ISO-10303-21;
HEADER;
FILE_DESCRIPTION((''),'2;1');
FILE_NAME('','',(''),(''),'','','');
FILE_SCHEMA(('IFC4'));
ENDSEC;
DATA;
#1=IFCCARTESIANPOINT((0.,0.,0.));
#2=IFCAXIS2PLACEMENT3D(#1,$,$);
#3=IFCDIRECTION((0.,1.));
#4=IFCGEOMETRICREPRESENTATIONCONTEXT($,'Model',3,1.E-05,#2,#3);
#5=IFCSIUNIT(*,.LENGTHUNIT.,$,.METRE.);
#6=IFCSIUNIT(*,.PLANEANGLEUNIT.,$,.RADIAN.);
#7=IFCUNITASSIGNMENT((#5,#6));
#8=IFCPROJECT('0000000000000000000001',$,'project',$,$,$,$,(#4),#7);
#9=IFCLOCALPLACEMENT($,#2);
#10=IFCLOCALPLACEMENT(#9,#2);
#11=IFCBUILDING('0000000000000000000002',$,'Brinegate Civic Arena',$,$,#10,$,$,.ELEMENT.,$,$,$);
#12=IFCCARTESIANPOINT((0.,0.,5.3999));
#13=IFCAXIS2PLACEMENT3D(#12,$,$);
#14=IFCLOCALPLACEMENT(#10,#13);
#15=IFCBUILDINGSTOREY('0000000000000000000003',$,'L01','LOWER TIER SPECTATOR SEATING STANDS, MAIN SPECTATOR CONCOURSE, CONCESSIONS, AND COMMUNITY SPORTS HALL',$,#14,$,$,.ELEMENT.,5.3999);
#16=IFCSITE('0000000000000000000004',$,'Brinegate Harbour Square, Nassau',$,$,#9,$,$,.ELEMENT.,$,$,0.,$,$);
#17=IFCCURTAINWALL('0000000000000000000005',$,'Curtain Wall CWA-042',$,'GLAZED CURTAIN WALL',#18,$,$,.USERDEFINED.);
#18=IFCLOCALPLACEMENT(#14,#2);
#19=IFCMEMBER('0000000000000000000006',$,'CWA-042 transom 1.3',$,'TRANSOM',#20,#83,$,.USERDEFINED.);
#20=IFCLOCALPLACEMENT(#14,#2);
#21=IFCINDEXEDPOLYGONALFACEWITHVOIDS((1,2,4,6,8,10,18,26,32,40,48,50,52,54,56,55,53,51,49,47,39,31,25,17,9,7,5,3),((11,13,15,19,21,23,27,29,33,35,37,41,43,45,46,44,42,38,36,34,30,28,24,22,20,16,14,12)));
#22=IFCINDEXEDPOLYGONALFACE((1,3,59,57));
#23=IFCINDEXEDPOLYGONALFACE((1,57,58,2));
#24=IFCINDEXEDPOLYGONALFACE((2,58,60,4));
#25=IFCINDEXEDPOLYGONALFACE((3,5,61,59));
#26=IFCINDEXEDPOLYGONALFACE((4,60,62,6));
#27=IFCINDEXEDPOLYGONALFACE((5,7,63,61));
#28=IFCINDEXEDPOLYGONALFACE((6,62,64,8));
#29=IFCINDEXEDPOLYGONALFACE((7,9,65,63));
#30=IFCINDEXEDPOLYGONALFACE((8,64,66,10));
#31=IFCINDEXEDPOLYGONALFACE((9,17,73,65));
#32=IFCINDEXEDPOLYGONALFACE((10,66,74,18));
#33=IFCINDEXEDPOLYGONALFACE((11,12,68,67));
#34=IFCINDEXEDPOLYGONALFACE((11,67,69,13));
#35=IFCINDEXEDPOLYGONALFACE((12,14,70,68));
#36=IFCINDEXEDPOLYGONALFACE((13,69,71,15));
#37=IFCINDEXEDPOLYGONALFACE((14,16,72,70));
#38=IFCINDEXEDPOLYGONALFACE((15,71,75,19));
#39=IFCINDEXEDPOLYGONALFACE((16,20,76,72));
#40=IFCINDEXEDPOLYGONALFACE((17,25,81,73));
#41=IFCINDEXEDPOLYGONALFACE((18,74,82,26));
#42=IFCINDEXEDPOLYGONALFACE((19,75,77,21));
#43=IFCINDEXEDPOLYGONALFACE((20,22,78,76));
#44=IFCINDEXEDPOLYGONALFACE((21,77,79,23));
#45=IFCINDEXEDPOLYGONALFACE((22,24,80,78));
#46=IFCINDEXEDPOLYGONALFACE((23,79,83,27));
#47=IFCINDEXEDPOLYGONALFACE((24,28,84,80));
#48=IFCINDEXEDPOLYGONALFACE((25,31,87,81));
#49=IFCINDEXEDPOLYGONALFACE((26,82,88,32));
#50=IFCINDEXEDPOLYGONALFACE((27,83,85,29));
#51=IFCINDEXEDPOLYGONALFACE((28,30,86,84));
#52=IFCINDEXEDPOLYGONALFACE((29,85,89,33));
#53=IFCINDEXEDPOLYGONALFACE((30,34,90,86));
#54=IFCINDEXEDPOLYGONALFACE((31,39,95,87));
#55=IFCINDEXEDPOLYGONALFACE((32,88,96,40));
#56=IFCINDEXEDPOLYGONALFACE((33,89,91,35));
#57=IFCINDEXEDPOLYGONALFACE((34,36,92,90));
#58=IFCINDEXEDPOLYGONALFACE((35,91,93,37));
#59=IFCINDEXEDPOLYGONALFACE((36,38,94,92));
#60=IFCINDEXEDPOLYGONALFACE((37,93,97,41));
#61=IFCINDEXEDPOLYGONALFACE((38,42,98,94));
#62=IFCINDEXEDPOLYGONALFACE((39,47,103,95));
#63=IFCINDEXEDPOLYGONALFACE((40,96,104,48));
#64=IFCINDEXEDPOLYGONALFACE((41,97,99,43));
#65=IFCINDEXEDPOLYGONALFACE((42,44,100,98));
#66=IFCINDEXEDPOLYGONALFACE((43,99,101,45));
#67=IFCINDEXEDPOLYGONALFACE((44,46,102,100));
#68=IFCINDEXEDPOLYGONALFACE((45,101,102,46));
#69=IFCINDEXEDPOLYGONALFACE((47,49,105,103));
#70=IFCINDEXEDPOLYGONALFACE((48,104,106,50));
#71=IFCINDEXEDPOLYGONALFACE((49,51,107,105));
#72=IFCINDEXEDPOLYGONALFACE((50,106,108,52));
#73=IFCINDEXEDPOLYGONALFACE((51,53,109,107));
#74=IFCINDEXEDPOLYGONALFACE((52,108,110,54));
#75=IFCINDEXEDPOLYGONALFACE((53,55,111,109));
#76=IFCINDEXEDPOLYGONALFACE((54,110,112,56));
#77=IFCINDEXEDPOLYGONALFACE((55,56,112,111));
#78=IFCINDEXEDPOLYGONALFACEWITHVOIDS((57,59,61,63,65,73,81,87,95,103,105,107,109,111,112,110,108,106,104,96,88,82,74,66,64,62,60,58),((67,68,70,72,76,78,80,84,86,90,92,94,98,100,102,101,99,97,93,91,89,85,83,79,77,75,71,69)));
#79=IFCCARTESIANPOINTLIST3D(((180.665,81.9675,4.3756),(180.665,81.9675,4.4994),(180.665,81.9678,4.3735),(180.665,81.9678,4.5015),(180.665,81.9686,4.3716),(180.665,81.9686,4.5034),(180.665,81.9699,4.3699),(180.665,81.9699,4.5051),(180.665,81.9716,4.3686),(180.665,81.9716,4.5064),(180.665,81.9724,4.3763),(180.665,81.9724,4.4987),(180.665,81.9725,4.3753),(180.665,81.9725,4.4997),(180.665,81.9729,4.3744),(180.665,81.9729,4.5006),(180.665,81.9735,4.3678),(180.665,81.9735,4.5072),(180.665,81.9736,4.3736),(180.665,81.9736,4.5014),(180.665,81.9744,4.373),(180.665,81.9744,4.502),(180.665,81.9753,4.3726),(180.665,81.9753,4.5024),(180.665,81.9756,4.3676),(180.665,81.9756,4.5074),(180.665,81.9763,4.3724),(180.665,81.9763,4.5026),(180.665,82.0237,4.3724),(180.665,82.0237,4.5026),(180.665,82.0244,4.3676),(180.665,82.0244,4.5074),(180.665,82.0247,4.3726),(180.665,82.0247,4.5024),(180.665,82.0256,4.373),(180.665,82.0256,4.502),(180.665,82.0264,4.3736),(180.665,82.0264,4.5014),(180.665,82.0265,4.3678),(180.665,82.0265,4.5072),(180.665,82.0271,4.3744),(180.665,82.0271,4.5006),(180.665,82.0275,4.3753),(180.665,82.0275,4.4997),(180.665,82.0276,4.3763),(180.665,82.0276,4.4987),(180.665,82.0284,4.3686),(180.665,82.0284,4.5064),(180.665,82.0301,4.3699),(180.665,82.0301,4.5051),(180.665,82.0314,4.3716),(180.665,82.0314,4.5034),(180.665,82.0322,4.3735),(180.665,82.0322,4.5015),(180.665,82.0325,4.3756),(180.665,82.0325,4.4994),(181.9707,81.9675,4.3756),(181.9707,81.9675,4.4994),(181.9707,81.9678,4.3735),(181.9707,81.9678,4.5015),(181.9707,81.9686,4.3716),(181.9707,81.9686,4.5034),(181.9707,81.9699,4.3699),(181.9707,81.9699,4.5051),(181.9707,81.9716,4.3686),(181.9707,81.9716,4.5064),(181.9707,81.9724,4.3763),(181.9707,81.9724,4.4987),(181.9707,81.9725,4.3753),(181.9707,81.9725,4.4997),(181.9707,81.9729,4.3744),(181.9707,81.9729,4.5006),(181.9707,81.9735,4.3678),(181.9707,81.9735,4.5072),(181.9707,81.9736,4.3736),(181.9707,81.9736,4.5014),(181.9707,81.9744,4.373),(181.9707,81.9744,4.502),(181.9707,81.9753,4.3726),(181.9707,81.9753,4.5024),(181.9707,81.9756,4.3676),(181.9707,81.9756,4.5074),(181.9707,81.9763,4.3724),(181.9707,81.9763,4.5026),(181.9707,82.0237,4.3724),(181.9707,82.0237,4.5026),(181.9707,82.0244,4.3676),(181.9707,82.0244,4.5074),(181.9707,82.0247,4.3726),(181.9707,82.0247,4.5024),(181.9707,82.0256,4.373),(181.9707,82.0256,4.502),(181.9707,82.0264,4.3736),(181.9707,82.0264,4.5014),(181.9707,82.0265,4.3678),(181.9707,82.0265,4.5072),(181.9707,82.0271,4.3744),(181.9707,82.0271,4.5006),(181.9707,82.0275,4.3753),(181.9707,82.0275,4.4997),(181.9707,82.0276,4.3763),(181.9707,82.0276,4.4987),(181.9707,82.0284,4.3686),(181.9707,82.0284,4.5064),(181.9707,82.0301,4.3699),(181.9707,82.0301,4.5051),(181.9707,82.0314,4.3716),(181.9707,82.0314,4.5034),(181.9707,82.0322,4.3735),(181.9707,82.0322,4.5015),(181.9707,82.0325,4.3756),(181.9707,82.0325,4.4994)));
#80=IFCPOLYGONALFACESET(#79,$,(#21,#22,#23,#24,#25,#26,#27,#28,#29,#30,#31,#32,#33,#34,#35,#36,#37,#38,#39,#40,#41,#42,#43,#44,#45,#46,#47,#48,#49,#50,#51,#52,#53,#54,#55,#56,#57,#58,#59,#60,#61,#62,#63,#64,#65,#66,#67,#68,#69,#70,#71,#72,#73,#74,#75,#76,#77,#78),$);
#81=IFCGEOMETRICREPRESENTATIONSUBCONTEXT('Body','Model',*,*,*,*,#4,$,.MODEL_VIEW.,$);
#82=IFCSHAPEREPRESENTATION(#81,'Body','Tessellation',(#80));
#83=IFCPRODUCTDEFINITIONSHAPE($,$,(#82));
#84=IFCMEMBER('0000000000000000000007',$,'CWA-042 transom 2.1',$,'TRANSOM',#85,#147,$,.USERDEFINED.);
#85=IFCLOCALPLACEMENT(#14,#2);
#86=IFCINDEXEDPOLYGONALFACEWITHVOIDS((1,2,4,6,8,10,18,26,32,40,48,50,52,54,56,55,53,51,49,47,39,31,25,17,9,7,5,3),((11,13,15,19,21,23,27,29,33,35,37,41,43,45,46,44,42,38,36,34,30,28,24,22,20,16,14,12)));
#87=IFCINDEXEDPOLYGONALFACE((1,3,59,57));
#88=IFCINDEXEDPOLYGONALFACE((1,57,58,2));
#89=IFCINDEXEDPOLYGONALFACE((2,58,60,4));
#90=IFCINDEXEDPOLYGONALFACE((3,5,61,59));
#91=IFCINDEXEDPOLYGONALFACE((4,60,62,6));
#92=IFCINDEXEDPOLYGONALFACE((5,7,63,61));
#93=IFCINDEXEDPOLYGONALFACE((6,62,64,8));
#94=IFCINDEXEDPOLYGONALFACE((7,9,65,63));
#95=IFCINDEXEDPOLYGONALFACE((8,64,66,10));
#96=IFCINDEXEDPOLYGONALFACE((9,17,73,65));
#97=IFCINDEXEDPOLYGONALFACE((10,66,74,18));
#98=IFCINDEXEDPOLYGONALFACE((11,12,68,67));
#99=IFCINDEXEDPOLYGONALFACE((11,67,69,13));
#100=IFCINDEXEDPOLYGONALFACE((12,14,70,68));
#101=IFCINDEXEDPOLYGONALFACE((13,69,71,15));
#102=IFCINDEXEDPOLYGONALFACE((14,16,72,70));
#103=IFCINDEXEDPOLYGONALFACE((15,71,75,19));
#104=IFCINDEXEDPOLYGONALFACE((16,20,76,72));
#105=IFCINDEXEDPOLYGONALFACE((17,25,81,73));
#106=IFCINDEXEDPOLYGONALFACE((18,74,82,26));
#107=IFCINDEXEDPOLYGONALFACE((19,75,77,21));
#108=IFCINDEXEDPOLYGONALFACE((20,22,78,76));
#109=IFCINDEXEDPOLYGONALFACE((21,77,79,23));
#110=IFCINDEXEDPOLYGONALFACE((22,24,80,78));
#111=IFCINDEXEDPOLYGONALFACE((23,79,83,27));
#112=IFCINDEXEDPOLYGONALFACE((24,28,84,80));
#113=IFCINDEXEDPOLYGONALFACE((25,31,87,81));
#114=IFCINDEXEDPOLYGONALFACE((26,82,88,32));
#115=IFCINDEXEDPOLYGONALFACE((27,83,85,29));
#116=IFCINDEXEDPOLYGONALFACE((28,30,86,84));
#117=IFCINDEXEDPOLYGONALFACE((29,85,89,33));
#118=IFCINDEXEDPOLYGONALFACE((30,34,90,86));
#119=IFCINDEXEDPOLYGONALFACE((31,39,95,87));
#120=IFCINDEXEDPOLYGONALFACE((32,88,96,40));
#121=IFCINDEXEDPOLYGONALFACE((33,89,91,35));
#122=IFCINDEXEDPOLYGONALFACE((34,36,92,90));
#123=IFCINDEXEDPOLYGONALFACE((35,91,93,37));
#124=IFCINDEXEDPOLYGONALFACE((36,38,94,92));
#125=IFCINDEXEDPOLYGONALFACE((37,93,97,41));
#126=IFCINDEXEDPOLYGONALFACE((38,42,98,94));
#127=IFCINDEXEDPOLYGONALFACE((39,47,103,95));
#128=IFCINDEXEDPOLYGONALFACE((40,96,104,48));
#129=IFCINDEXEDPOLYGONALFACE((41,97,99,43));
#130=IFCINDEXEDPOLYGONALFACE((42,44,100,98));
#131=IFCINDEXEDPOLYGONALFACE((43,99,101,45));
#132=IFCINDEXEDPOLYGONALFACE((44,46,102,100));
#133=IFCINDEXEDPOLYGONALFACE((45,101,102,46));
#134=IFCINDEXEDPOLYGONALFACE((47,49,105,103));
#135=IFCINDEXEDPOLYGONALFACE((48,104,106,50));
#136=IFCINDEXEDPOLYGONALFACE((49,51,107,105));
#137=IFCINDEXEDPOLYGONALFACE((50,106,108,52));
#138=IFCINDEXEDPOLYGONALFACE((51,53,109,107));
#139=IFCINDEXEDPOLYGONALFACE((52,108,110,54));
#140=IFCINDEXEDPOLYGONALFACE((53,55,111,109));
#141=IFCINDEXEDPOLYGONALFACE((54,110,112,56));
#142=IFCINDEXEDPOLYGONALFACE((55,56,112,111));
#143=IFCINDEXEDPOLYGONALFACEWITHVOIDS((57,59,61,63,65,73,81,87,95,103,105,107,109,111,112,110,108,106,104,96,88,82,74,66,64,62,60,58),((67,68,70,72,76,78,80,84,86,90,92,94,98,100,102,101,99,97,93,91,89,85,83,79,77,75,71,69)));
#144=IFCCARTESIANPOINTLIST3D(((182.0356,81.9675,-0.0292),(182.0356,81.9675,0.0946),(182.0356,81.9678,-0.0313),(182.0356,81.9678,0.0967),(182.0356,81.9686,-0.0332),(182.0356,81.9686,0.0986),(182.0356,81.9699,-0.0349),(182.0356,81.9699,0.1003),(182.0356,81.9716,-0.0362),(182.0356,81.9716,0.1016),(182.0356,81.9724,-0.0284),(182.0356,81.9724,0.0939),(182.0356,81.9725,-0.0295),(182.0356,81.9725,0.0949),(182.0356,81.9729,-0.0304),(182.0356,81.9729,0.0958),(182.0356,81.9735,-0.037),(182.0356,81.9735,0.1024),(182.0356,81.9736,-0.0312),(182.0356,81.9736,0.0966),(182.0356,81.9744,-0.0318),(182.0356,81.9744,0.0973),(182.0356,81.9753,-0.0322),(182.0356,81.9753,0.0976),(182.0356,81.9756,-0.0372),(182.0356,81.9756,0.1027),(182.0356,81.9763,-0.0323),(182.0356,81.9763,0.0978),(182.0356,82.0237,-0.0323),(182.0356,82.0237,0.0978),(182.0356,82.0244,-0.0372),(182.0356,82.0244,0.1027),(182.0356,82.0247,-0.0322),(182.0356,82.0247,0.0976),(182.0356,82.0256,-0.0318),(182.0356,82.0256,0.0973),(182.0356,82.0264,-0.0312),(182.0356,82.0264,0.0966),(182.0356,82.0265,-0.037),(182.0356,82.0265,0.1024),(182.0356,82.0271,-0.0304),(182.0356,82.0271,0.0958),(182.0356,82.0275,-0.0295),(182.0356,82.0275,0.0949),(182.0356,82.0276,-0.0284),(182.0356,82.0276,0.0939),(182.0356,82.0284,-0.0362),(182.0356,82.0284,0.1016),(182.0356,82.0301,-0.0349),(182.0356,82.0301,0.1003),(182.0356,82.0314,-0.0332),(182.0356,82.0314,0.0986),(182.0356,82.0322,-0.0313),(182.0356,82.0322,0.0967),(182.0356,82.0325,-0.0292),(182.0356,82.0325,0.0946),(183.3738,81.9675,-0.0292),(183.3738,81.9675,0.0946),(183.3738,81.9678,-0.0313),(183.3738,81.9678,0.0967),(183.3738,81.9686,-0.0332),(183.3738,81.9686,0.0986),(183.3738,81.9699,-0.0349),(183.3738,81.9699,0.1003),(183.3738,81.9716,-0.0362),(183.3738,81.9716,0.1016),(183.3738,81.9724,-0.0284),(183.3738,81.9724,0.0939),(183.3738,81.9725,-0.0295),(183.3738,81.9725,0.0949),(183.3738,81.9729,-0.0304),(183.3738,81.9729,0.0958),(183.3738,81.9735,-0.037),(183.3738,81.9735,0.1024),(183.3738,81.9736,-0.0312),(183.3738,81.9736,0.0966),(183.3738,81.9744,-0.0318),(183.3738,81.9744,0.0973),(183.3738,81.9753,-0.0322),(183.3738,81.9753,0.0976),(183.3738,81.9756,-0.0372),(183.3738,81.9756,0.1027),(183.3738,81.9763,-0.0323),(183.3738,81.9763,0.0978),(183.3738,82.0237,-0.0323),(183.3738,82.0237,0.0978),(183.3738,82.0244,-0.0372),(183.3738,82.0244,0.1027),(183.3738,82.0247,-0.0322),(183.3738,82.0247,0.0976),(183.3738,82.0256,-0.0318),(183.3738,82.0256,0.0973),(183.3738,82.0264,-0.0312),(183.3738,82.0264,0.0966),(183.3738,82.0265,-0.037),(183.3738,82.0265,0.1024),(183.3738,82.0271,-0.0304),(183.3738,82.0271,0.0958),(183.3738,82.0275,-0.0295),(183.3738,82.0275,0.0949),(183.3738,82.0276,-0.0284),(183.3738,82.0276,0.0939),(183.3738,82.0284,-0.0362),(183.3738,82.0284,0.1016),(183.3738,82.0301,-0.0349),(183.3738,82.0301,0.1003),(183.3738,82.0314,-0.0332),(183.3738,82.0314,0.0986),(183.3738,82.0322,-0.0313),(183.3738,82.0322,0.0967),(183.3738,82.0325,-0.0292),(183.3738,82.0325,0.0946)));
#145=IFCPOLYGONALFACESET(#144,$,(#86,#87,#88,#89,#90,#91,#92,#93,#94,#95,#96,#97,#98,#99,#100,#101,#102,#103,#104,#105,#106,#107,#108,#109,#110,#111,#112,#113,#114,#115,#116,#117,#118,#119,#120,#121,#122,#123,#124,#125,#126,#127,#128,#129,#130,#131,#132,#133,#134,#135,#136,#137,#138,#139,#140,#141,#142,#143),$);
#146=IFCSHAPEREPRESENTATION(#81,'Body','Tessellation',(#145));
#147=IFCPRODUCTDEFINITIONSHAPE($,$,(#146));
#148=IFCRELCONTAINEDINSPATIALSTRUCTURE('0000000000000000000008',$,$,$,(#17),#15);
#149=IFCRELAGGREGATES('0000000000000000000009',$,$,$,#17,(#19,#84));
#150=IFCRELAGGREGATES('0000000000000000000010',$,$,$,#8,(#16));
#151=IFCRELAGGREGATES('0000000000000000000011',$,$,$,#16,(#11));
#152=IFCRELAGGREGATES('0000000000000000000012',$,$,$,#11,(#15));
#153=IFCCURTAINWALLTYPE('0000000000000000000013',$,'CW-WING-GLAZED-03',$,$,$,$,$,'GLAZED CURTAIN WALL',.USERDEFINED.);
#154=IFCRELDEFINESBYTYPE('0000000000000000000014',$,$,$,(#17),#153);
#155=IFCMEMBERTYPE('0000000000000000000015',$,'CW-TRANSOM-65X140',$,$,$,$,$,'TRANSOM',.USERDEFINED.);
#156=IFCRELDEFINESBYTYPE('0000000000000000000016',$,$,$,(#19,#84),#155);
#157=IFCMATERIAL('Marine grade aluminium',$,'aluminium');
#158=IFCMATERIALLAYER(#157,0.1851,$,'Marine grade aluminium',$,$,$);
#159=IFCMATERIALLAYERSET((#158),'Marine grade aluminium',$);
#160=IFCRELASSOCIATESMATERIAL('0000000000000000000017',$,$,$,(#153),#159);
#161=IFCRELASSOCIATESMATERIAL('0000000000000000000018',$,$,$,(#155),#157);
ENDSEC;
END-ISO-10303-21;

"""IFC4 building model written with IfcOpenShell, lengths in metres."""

from ifc_helpers import new_model, si_unit, direction, frame, origin, origin_2d, place, context, subcontext, project, spatial, hollow_rectangle, extrude, material, layer, layer_set, material_profile, profile_set, type_object, element, aggregate, save


model = new_model("IFC4")

# Units and contexts
model_context = context("Model", 3, precision=1e-05, world=origin(), true_north=direction((0.0, 1.0)))
body_context = subcontext(model_context, "Body", "Model", "MODEL_VIEW")
ifc_project = project(units=[si_unit("LENGTHUNIT", "METRE"), si_unit("PLANEANGLEUNIT", "RADIAN")], contexts=[model_context])

# Site, building, storey
site_placement = place(None, origin())
site = spatial("IfcSite", under=ifc_project, at=site_placement, Name="Brinegate Harbour Square, Nassau", CompositionType="ELEMENT", RefElevation=0.0)
building_placement = place(site_placement, origin())
building = spatial("IfcBuilding", under=site, at=building_placement, Name="Brinegate Civic Arena", CompositionType="ELEMENT")
storey_placement = place(building_placement, frame((0.0, 0.0, 5.3999)))
storey = spatial("IfcBuildingStorey", under=building, at=storey_placement, Name="L01", Description="LOWER TIER SPECTATOR SEATING STANDS, MAIN SPECTATOR CONCOURSE, CONCESSIONS, AND COMMUNITY SPORTS HALL", CompositionType="ELEMENT", Elevation=5.3999)

# Curtain wall, members
ifc_material_1 = material(Name="Marine grade aluminium", Category="aluminium")
ifc_layer_1 = layer(ifc_material_1, 0.1851, Name="Marine grade aluminium")
ifc_layer_set_1 = layer_set([ifc_layer_1], Name="Marine grade aluminium")
curtain_wall_type = type_object("IfcCurtainWallType", Name="CW-WING-GLAZED-03", ElementType="GLAZED CURTAIN WALL", PredefinedType="USERDEFINED", material=ifc_layer_set_1)
curtain_wall_placement = place(storey_placement, origin())
curtain_wall = element("IfcCurtainWall", 1, at=curtain_wall_placement, inside=storey, type_object=curtain_wall_type, Name="Curtain Wall CWA-042", ObjectType="GLAZED CURTAIN WALL", PredefinedType="USERDEFINED")
ifc_material_profile_1 = material_profile(ifc_material_1, hollow_rectangle(XDim=0.0649, YDim=0.1399, WallThickness=0.0049, InnerFilletRadius=0.0039, OuterFilletRadius=0.0081, at=origin_2d()), Name="TRN65X140")
ifc_profile_set_1 = profile_set([ifc_material_profile_1], Name="Marine grade aluminium")
member_type_1 = type_object("IfcMemberType", Name="CW-TRANSOM-65X140", ElementType="TRANSOM", PredefinedType="USERDEFINED", material=ifc_profile_set_1)
member_1_placement = place(storey_placement, frame((180.665, 82.0, 4.4375), z_axis=(1.0, 0.0, 0.0), x_axis=(0.0, 1.0, 0.0)))
member_1 = element("IfcMember", 2, at=member_1_placement, type_object=member_type_1, Name="CWA-042 transom 1.3", ObjectType="TRANSOM", PredefinedType="USERDEFINED", context=body_context, shape_type="SweptSolid", body=[
    extrude(hollow_rectangle(XDim=0.0649, YDim=0.1399, WallThickness=0.0049, InnerFilletRadius=0.0039, OuterFilletRadius=0.0081, at=origin_2d()), origin(), (0.0, 0.0, 1.0), 1.3057),
])
member_2_placement = place(storey_placement, frame((182.0356, 82.0, 0.0327), z_axis=(1.0, 0.0, 0.0), x_axis=(0.0, 1.0, 0.0)))
member_2 = element("IfcMember", 3, at=member_2_placement, type_object=member_type_1, Name="CWA-042 transom 2.1", ObjectType="TRANSOM", PredefinedType="USERDEFINED", context=body_context, shape_type="SweptSolid", body=[
    extrude(hollow_rectangle(XDim=0.0649, YDim=0.1399, WallThickness=0.0049, InnerFilletRadius=0.0039, OuterFilletRadius=0.0081, at=origin_2d()), origin(), (0.0, 0.0, 1.0), 1.3381),
])
aggregate(curtain_wall, [member_1, member_2])

save(model, "model.ifc")
